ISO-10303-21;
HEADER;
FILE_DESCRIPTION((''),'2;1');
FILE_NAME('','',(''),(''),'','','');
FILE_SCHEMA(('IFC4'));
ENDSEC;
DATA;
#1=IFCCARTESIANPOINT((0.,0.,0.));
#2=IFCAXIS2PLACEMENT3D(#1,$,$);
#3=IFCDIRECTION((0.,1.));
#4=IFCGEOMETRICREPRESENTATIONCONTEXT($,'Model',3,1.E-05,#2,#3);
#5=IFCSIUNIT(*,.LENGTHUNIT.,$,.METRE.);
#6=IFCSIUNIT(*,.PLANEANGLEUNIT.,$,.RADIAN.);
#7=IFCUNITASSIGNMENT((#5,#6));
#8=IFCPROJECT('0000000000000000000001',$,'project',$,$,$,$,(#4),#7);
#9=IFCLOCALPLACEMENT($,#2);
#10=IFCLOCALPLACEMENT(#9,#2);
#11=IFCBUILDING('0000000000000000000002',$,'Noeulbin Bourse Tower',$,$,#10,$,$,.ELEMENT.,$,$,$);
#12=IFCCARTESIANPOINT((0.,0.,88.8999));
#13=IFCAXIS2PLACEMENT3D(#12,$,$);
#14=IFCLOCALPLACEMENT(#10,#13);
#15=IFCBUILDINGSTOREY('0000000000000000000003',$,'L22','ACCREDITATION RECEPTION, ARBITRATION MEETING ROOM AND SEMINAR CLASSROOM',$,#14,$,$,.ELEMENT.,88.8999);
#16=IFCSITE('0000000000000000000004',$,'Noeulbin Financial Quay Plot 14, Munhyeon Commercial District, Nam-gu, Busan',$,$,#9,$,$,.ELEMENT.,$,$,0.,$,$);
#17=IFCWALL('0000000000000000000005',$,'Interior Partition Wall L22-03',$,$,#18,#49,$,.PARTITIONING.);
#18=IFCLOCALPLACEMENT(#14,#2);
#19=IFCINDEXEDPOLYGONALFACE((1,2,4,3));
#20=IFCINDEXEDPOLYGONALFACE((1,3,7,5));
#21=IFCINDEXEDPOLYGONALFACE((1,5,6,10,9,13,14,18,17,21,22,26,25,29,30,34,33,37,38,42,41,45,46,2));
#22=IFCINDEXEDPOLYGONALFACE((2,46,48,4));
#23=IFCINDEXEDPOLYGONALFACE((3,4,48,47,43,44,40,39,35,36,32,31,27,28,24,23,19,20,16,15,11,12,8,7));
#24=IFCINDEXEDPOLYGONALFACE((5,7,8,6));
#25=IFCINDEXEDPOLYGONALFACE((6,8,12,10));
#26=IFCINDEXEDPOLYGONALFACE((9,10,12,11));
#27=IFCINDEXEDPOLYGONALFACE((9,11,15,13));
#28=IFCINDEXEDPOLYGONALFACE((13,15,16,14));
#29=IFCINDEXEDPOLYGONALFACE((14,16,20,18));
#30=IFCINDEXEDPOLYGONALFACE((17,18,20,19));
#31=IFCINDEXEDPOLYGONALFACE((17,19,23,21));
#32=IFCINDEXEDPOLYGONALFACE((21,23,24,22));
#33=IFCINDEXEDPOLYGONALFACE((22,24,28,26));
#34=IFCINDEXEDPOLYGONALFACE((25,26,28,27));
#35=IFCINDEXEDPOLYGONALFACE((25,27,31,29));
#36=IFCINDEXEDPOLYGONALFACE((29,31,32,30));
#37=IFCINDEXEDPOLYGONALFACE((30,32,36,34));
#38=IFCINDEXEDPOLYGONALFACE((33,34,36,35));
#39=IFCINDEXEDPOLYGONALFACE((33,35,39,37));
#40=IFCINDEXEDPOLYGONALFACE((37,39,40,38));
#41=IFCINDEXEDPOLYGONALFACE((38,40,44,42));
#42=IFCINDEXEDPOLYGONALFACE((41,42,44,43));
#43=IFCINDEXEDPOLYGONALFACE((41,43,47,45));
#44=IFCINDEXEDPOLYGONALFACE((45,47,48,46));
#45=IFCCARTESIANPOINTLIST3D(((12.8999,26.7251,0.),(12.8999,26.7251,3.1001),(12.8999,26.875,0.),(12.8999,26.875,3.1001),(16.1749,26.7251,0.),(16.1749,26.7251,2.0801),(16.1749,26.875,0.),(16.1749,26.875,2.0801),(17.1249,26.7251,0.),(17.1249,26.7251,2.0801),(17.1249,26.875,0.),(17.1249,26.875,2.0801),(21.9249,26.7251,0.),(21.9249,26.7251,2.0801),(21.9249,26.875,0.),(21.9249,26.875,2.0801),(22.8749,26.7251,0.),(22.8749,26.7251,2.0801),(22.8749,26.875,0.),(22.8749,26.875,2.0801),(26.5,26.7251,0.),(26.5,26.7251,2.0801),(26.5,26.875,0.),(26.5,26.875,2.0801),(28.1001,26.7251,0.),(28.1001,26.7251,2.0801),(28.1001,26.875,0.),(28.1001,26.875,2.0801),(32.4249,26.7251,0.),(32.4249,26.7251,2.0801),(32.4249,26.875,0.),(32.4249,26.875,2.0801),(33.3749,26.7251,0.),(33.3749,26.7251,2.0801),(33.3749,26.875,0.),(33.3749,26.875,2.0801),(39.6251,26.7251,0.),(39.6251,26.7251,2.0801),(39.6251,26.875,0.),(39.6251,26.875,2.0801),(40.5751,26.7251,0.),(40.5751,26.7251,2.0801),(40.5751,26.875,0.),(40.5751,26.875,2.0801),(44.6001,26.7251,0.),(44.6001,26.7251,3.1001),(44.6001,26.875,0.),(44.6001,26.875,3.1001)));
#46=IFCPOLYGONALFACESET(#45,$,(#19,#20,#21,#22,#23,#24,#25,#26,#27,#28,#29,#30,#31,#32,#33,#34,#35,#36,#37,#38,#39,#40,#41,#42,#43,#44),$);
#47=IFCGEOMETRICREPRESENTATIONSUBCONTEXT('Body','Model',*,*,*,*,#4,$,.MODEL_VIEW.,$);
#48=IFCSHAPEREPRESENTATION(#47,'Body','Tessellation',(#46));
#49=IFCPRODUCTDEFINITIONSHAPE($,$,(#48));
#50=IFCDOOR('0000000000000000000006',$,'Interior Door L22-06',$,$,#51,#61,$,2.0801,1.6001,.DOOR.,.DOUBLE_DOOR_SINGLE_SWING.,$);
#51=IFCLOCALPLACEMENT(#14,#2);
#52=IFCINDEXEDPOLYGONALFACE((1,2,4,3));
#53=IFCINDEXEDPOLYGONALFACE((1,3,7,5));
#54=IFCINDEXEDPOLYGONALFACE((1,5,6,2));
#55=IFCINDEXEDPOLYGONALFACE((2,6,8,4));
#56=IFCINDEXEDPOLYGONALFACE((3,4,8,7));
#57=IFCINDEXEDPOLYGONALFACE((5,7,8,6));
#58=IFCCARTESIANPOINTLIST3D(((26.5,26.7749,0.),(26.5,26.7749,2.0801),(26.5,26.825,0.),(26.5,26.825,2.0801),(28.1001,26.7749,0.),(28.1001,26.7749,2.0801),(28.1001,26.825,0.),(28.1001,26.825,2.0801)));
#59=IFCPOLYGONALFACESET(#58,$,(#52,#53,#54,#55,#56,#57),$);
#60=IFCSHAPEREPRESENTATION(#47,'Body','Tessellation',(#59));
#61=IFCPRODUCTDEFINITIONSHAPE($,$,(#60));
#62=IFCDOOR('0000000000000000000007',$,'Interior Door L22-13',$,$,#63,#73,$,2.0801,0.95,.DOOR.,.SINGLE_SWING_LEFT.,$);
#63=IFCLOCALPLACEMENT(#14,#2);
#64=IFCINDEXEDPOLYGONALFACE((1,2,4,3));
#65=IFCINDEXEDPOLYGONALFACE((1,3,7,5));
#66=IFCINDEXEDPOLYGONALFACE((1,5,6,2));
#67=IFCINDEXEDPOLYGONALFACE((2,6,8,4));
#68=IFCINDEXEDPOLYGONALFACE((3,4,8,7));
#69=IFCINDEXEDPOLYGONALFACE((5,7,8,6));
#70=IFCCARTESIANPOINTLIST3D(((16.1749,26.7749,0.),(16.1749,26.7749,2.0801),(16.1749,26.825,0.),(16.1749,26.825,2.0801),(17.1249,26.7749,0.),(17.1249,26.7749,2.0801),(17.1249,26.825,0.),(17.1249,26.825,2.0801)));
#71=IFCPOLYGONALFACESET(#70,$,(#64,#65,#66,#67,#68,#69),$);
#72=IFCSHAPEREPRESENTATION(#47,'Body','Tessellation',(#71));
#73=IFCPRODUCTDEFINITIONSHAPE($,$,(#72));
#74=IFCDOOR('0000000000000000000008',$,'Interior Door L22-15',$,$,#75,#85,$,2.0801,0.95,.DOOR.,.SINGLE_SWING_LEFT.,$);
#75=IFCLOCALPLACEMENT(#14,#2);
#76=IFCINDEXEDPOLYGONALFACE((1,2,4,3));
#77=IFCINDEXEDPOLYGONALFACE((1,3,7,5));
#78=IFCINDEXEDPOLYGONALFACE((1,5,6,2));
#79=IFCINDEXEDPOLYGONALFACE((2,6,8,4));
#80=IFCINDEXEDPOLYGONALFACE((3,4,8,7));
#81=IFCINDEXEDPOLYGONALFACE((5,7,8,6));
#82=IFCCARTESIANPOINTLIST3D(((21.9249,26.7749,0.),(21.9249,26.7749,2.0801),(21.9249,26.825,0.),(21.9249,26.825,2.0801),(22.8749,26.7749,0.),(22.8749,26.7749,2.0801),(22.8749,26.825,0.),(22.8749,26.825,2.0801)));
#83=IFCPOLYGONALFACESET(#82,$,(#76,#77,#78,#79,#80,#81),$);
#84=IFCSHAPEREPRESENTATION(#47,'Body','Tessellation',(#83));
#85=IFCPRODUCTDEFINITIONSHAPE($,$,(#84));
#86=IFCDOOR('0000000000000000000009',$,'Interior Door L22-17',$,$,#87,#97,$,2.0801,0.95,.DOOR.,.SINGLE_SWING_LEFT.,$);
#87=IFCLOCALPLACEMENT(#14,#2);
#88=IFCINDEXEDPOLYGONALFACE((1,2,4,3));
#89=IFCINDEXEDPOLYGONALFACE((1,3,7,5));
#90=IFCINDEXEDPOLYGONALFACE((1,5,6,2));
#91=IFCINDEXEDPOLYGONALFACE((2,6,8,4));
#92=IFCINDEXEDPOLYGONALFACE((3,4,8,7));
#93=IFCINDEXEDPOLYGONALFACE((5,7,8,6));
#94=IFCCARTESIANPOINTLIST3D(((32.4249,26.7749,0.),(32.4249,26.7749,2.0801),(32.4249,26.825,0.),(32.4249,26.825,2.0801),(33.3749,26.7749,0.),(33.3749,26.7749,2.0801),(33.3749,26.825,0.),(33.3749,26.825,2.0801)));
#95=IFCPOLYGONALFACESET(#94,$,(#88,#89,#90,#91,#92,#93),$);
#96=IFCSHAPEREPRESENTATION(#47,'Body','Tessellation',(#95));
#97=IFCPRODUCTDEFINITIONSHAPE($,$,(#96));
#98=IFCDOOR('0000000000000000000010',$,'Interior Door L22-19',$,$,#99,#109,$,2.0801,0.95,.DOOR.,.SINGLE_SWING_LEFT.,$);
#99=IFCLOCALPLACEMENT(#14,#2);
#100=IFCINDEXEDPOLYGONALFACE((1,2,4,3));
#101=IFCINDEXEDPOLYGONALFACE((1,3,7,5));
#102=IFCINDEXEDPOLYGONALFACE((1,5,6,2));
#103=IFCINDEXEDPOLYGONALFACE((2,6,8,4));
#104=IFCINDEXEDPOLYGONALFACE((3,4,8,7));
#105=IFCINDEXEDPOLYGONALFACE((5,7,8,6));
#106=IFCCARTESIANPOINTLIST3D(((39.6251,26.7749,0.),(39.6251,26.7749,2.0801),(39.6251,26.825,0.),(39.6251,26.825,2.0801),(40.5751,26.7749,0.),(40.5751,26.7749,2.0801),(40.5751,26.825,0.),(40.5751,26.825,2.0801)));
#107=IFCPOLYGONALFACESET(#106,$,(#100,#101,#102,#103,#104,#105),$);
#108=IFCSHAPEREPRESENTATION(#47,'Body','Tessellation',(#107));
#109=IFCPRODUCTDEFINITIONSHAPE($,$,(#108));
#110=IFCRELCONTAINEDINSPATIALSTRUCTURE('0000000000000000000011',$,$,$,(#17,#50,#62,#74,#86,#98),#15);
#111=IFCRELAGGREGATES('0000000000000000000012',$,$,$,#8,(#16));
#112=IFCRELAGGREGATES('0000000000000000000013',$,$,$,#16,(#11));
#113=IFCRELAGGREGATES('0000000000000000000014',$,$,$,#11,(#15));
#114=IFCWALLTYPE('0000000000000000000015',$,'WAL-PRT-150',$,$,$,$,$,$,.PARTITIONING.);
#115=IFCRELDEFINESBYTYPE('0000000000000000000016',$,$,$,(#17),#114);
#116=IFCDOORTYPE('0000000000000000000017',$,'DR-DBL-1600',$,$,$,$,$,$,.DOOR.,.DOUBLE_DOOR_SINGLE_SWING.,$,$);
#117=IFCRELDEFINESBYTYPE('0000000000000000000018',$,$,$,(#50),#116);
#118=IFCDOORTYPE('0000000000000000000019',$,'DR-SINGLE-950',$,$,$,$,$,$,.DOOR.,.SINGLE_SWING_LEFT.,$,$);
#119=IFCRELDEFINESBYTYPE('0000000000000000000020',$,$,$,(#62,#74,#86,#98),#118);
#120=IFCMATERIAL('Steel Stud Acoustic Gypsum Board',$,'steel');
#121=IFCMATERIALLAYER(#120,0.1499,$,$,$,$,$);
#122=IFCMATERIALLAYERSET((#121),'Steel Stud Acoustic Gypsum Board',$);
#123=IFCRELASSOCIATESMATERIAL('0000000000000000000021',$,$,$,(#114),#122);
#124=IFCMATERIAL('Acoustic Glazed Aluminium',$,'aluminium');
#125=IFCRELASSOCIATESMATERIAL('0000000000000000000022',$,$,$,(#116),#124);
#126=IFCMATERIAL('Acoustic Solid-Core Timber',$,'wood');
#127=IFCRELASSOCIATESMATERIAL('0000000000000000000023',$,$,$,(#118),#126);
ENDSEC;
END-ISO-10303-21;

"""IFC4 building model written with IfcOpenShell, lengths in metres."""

from ifc_helpers import new_model, si_unit, direction, frame, frame_2d, origin, place, context, subcontext, project, spatial, rectangle, extrude, material, layer, layer_set, type_object, element, fill, save


model = new_model("IFC4")

# Units and contexts
model_context = context("Model", 3, precision=1e-05, world=origin(), true_north=direction((0.0, 1.0)))
body_context = subcontext(model_context, "Body", "Model", "MODEL_VIEW")
ifc_project = project(units=[si_unit("LENGTHUNIT", "METRE"), si_unit("PLANEANGLEUNIT", "RADIAN")], contexts=[model_context])

# Site, building, storey
site_placement = place(None, origin())
site = spatial("IfcSite", under=ifc_project, at=site_placement, Name="Noeulbin Financial Quay Plot 14, Munhyeon Commercial District, Nam-gu, Busan", CompositionType="ELEMENT", RefElevation=0.0)
building_placement = place(site_placement, origin())
building = spatial("IfcBuilding", under=site, at=building_placement, Name="Noeulbin Bourse Tower", CompositionType="ELEMENT")
storey_placement = place(building_placement, frame((0.0, 0.0, 88.8999)))
storey = spatial("IfcBuildingStorey", under=building, at=storey_placement, Name="L22", Description="ACCREDITATION RECEPTION, ARBITRATION MEETING ROOM AND SEMINAR CLASSROOM", CompositionType="ELEMENT", Elevation=88.8999)

# Wall, openings, doors
ifc_material_1 = material(Name="Steel Stud Acoustic Gypsum Board", Category="steel")
ifc_layer_1 = layer(ifc_material_1, 0.1499)
ifc_layer_set_1 = layer_set([ifc_layer_1], Name="Steel Stud Acoustic Gypsum Board")
wall_type_1 = type_object("IfcWallType", Name="WAL-PRT-150", PredefinedType="PARTITIONING", material=ifc_layer_set_1)
wall_1_placement = place(storey_placement, frame((12.8999, 26.8, 0.0), z_axis=(0.0, 0.0, 1.0), x_axis=(1.0, 0.0, 0.0)))
wall_1 = element("IfcWall", 1, at=wall_1_placement, inside=storey, type_object=wall_type_1, Name="Interior Partition Wall L22-03", PredefinedType="PARTITIONING", context=body_context, shape_type="SweptSolid", body=[
    extrude(rectangle(XDim=31.7002, YDim=0.1499, at=frame_2d((15.8501, 0.0))), origin(), (0.0, 0.0, 1.0), 3.1001),
])
opening_1_placement = place(wall_1_placement, frame((13.6001, 0.0, 0.0)))
opening_1 = element("IfcOpeningElement", 2, at=opening_1_placement, cuts=wall_1, PredefinedType="OPENING", context=body_context, shape_type="SweptSolid", body=[
    extrude(rectangle(XDim=1.6001, YDim=2.0801, at=frame_2d((0.8, 1.04))), frame((0.0, 0.085, 0.0), z_axis=(0.0, -1.0, 0.0), x_axis=(1.0, 0.0, 0.0)), (0.0, 0.0, 1.0), 0.1699),
])
opening_2_placement = place(wall_1_placement, frame((3.2749, 0.0, 0.0)))
opening_2 = element("IfcOpeningElement", 3, at=opening_2_placement, cuts=wall_1, PredefinedType="OPENING", context=body_context, shape_type="SweptSolid", body=[
    extrude(rectangle(XDim=0.95, YDim=2.0801, at=frame_2d((0.4751, 1.04))), frame((0.0, 0.085, 0.0), z_axis=(0.0, -1.0, 0.0), x_axis=(1.0, 0.0, 0.0)), (0.0, 0.0, 1.0), 0.1699),
])
opening_3_placement = place(wall_1_placement, frame((9.0249, 0.0, 0.0)))
opening_3 = element("IfcOpeningElement", 4, at=opening_3_placement, cuts=wall_1, PredefinedType="OPENING", context=body_context, shape_type="SweptSolid", body=[
    extrude(rectangle(XDim=0.95, YDim=2.0801, at=frame_2d((0.4751, 1.04))), frame((0.0, 0.085, 0.0), z_axis=(0.0, -1.0, 0.0), x_axis=(1.0, 0.0, 0.0)), (0.0, 0.0, 1.0), 0.1699),
])
opening_4_placement = place(wall_1_placement, frame((19.5249, 0.0, 0.0)))
opening_4 = element("IfcOpeningElement", 5, at=opening_4_placement, cuts=wall_1, PredefinedType="OPENING", context=body_context, shape_type="SweptSolid", body=[
    extrude(rectangle(XDim=0.95, YDim=2.0801, at=frame_2d((0.4751, 1.04))), frame((0.0, 0.085, 0.0), z_axis=(0.0, -1.0, 0.0), x_axis=(1.0, 0.0, 0.0)), (0.0, 0.0, 1.0), 0.1699),
])
opening_5_placement = place(wall_1_placement, frame((26.7251, 0.0, 0.0)))
opening_5 = element("IfcOpeningElement", 6, at=opening_5_placement, cuts=wall_1, PredefinedType="OPENING", context=body_context, shape_type="SweptSolid", body=[
    extrude(rectangle(XDim=0.95, YDim=2.0801, at=frame_2d((0.4751, 1.04))), frame((0.0, 0.085, 0.0), z_axis=(0.0, -1.0, 0.0), x_axis=(1.0, 0.0, 0.0)), (0.0, 0.0, 1.0), 0.1699),
])
ifc_material_2 = material(Name="Acoustic Glazed Aluminium", Category="aluminium")
door_type_1 = type_object("IfcDoorType", Name="DR-DBL-1600", OperationType="DOUBLE_DOOR_SINGLE_SWING", PredefinedType="DOOR", material=ifc_material_2)
door_1_placement = place(opening_1_placement, origin())
door_1 = element("IfcDoor", 7, at=door_1_placement, inside=storey, type_object=door_type_1, Name="Interior Door L22-06", OperationType="DOUBLE_DOOR_SINGLE_SWING", OverallHeight=2.0801, OverallWidth=1.6001, PredefinedType="DOOR", context=body_context, shape_type="SweptSolid", body=[
    extrude(rectangle(XDim=1.6001, YDim=2.0801, at=frame_2d((0.8, 1.04))), frame((0.0, 0.0249, 0.0), z_axis=(0.0, -1.0, 0.0), x_axis=(1.0, 0.0, 0.0)), (0.0, 0.0, 1.0), 0.05),
])
fill(opening_1, door_1)
ifc_material_3 = material(Name="Acoustic Solid-Core Timber", Category="wood")
door_type_2 = type_object("IfcDoorType", Name="DR-SINGLE-950", OperationType="SINGLE_SWING_LEFT", PredefinedType="DOOR", material=ifc_material_3)
door_2_placement = place(opening_2_placement, origin())
door_2 = element("IfcDoor", 8, at=door_2_placement, inside=storey, type_object=door_type_2, Name="Interior Door L22-13", OperationType="SINGLE_SWING_LEFT", OverallHeight=2.0801, OverallWidth=0.95, PredefinedType="DOOR", context=body_context, shape_type="SweptSolid", body=[
    extrude(rectangle(XDim=0.95, YDim=2.0801, at=frame_2d((0.4751, 1.04))), frame((0.0, 0.0249, 0.0), z_axis=(0.0, -1.0, 0.0), x_axis=(1.0, 0.0, 0.0)), (0.0, 0.0, 1.0), 0.05),
])
fill(opening_2, door_2)
door_3_placement = place(opening_3_placement, origin())
door_3 = element("IfcDoor", 9, at=door_3_placement, inside=storey, type_object=door_type_2, Name="Interior Door L22-15", OperationType="SINGLE_SWING_LEFT", OverallHeight=2.0801, OverallWidth=0.95, PredefinedType="DOOR", context=body_context, shape_type="SweptSolid", body=[
    extrude(rectangle(XDim=0.95, YDim=2.0801, at=frame_2d((0.4751, 1.04))), frame((0.0, 0.0249, 0.0), z_axis=(0.0, -1.0, 0.0), x_axis=(1.0, 0.0, 0.0)), (0.0, 0.0, 1.0), 0.05),
])
fill(opening_3, door_3)
door_4_placement = place(opening_4_placement, origin())
door_4 = element("IfcDoor", 10, at=door_4_placement, inside=storey, type_object=door_type_2, Name="Interior Door L22-17", OperationType="SINGLE_SWING_LEFT", OverallHeight=2.0801, OverallWidth=0.95, PredefinedType="DOOR", context=body_context, shape_type="SweptSolid", body=[
    extrude(rectangle(XDim=0.95, YDim=2.0801, at=frame_2d((0.4751, 1.04))), frame((0.0, 0.0249, 0.0), z_axis=(0.0, -1.0, 0.0), x_axis=(1.0, 0.0, 0.0)), (0.0, 0.0, 1.0), 0.05),
])
fill(opening_4, door_4)
door_5_placement = place(opening_5_placement, origin())
door_5 = element("IfcDoor", 11, at=door_5_placement, inside=storey, type_object=door_type_2, Name="Interior Door L22-19", OperationType="SINGLE_SWING_LEFT", OverallHeight=2.0801, OverallWidth=0.95, PredefinedType="DOOR", context=body_context, shape_type="SweptSolid", body=[
    extrude(rectangle(XDim=0.95, YDim=2.0801, at=frame_2d((0.4751, 1.04))), frame((0.0, 0.0249, 0.0), z_axis=(0.0, -1.0, 0.0), x_axis=(1.0, 0.0, 0.0)), (0.0, 0.0, 1.0), 0.05),
])
fill(opening_5, door_5)

save(model, "model.ifc")
